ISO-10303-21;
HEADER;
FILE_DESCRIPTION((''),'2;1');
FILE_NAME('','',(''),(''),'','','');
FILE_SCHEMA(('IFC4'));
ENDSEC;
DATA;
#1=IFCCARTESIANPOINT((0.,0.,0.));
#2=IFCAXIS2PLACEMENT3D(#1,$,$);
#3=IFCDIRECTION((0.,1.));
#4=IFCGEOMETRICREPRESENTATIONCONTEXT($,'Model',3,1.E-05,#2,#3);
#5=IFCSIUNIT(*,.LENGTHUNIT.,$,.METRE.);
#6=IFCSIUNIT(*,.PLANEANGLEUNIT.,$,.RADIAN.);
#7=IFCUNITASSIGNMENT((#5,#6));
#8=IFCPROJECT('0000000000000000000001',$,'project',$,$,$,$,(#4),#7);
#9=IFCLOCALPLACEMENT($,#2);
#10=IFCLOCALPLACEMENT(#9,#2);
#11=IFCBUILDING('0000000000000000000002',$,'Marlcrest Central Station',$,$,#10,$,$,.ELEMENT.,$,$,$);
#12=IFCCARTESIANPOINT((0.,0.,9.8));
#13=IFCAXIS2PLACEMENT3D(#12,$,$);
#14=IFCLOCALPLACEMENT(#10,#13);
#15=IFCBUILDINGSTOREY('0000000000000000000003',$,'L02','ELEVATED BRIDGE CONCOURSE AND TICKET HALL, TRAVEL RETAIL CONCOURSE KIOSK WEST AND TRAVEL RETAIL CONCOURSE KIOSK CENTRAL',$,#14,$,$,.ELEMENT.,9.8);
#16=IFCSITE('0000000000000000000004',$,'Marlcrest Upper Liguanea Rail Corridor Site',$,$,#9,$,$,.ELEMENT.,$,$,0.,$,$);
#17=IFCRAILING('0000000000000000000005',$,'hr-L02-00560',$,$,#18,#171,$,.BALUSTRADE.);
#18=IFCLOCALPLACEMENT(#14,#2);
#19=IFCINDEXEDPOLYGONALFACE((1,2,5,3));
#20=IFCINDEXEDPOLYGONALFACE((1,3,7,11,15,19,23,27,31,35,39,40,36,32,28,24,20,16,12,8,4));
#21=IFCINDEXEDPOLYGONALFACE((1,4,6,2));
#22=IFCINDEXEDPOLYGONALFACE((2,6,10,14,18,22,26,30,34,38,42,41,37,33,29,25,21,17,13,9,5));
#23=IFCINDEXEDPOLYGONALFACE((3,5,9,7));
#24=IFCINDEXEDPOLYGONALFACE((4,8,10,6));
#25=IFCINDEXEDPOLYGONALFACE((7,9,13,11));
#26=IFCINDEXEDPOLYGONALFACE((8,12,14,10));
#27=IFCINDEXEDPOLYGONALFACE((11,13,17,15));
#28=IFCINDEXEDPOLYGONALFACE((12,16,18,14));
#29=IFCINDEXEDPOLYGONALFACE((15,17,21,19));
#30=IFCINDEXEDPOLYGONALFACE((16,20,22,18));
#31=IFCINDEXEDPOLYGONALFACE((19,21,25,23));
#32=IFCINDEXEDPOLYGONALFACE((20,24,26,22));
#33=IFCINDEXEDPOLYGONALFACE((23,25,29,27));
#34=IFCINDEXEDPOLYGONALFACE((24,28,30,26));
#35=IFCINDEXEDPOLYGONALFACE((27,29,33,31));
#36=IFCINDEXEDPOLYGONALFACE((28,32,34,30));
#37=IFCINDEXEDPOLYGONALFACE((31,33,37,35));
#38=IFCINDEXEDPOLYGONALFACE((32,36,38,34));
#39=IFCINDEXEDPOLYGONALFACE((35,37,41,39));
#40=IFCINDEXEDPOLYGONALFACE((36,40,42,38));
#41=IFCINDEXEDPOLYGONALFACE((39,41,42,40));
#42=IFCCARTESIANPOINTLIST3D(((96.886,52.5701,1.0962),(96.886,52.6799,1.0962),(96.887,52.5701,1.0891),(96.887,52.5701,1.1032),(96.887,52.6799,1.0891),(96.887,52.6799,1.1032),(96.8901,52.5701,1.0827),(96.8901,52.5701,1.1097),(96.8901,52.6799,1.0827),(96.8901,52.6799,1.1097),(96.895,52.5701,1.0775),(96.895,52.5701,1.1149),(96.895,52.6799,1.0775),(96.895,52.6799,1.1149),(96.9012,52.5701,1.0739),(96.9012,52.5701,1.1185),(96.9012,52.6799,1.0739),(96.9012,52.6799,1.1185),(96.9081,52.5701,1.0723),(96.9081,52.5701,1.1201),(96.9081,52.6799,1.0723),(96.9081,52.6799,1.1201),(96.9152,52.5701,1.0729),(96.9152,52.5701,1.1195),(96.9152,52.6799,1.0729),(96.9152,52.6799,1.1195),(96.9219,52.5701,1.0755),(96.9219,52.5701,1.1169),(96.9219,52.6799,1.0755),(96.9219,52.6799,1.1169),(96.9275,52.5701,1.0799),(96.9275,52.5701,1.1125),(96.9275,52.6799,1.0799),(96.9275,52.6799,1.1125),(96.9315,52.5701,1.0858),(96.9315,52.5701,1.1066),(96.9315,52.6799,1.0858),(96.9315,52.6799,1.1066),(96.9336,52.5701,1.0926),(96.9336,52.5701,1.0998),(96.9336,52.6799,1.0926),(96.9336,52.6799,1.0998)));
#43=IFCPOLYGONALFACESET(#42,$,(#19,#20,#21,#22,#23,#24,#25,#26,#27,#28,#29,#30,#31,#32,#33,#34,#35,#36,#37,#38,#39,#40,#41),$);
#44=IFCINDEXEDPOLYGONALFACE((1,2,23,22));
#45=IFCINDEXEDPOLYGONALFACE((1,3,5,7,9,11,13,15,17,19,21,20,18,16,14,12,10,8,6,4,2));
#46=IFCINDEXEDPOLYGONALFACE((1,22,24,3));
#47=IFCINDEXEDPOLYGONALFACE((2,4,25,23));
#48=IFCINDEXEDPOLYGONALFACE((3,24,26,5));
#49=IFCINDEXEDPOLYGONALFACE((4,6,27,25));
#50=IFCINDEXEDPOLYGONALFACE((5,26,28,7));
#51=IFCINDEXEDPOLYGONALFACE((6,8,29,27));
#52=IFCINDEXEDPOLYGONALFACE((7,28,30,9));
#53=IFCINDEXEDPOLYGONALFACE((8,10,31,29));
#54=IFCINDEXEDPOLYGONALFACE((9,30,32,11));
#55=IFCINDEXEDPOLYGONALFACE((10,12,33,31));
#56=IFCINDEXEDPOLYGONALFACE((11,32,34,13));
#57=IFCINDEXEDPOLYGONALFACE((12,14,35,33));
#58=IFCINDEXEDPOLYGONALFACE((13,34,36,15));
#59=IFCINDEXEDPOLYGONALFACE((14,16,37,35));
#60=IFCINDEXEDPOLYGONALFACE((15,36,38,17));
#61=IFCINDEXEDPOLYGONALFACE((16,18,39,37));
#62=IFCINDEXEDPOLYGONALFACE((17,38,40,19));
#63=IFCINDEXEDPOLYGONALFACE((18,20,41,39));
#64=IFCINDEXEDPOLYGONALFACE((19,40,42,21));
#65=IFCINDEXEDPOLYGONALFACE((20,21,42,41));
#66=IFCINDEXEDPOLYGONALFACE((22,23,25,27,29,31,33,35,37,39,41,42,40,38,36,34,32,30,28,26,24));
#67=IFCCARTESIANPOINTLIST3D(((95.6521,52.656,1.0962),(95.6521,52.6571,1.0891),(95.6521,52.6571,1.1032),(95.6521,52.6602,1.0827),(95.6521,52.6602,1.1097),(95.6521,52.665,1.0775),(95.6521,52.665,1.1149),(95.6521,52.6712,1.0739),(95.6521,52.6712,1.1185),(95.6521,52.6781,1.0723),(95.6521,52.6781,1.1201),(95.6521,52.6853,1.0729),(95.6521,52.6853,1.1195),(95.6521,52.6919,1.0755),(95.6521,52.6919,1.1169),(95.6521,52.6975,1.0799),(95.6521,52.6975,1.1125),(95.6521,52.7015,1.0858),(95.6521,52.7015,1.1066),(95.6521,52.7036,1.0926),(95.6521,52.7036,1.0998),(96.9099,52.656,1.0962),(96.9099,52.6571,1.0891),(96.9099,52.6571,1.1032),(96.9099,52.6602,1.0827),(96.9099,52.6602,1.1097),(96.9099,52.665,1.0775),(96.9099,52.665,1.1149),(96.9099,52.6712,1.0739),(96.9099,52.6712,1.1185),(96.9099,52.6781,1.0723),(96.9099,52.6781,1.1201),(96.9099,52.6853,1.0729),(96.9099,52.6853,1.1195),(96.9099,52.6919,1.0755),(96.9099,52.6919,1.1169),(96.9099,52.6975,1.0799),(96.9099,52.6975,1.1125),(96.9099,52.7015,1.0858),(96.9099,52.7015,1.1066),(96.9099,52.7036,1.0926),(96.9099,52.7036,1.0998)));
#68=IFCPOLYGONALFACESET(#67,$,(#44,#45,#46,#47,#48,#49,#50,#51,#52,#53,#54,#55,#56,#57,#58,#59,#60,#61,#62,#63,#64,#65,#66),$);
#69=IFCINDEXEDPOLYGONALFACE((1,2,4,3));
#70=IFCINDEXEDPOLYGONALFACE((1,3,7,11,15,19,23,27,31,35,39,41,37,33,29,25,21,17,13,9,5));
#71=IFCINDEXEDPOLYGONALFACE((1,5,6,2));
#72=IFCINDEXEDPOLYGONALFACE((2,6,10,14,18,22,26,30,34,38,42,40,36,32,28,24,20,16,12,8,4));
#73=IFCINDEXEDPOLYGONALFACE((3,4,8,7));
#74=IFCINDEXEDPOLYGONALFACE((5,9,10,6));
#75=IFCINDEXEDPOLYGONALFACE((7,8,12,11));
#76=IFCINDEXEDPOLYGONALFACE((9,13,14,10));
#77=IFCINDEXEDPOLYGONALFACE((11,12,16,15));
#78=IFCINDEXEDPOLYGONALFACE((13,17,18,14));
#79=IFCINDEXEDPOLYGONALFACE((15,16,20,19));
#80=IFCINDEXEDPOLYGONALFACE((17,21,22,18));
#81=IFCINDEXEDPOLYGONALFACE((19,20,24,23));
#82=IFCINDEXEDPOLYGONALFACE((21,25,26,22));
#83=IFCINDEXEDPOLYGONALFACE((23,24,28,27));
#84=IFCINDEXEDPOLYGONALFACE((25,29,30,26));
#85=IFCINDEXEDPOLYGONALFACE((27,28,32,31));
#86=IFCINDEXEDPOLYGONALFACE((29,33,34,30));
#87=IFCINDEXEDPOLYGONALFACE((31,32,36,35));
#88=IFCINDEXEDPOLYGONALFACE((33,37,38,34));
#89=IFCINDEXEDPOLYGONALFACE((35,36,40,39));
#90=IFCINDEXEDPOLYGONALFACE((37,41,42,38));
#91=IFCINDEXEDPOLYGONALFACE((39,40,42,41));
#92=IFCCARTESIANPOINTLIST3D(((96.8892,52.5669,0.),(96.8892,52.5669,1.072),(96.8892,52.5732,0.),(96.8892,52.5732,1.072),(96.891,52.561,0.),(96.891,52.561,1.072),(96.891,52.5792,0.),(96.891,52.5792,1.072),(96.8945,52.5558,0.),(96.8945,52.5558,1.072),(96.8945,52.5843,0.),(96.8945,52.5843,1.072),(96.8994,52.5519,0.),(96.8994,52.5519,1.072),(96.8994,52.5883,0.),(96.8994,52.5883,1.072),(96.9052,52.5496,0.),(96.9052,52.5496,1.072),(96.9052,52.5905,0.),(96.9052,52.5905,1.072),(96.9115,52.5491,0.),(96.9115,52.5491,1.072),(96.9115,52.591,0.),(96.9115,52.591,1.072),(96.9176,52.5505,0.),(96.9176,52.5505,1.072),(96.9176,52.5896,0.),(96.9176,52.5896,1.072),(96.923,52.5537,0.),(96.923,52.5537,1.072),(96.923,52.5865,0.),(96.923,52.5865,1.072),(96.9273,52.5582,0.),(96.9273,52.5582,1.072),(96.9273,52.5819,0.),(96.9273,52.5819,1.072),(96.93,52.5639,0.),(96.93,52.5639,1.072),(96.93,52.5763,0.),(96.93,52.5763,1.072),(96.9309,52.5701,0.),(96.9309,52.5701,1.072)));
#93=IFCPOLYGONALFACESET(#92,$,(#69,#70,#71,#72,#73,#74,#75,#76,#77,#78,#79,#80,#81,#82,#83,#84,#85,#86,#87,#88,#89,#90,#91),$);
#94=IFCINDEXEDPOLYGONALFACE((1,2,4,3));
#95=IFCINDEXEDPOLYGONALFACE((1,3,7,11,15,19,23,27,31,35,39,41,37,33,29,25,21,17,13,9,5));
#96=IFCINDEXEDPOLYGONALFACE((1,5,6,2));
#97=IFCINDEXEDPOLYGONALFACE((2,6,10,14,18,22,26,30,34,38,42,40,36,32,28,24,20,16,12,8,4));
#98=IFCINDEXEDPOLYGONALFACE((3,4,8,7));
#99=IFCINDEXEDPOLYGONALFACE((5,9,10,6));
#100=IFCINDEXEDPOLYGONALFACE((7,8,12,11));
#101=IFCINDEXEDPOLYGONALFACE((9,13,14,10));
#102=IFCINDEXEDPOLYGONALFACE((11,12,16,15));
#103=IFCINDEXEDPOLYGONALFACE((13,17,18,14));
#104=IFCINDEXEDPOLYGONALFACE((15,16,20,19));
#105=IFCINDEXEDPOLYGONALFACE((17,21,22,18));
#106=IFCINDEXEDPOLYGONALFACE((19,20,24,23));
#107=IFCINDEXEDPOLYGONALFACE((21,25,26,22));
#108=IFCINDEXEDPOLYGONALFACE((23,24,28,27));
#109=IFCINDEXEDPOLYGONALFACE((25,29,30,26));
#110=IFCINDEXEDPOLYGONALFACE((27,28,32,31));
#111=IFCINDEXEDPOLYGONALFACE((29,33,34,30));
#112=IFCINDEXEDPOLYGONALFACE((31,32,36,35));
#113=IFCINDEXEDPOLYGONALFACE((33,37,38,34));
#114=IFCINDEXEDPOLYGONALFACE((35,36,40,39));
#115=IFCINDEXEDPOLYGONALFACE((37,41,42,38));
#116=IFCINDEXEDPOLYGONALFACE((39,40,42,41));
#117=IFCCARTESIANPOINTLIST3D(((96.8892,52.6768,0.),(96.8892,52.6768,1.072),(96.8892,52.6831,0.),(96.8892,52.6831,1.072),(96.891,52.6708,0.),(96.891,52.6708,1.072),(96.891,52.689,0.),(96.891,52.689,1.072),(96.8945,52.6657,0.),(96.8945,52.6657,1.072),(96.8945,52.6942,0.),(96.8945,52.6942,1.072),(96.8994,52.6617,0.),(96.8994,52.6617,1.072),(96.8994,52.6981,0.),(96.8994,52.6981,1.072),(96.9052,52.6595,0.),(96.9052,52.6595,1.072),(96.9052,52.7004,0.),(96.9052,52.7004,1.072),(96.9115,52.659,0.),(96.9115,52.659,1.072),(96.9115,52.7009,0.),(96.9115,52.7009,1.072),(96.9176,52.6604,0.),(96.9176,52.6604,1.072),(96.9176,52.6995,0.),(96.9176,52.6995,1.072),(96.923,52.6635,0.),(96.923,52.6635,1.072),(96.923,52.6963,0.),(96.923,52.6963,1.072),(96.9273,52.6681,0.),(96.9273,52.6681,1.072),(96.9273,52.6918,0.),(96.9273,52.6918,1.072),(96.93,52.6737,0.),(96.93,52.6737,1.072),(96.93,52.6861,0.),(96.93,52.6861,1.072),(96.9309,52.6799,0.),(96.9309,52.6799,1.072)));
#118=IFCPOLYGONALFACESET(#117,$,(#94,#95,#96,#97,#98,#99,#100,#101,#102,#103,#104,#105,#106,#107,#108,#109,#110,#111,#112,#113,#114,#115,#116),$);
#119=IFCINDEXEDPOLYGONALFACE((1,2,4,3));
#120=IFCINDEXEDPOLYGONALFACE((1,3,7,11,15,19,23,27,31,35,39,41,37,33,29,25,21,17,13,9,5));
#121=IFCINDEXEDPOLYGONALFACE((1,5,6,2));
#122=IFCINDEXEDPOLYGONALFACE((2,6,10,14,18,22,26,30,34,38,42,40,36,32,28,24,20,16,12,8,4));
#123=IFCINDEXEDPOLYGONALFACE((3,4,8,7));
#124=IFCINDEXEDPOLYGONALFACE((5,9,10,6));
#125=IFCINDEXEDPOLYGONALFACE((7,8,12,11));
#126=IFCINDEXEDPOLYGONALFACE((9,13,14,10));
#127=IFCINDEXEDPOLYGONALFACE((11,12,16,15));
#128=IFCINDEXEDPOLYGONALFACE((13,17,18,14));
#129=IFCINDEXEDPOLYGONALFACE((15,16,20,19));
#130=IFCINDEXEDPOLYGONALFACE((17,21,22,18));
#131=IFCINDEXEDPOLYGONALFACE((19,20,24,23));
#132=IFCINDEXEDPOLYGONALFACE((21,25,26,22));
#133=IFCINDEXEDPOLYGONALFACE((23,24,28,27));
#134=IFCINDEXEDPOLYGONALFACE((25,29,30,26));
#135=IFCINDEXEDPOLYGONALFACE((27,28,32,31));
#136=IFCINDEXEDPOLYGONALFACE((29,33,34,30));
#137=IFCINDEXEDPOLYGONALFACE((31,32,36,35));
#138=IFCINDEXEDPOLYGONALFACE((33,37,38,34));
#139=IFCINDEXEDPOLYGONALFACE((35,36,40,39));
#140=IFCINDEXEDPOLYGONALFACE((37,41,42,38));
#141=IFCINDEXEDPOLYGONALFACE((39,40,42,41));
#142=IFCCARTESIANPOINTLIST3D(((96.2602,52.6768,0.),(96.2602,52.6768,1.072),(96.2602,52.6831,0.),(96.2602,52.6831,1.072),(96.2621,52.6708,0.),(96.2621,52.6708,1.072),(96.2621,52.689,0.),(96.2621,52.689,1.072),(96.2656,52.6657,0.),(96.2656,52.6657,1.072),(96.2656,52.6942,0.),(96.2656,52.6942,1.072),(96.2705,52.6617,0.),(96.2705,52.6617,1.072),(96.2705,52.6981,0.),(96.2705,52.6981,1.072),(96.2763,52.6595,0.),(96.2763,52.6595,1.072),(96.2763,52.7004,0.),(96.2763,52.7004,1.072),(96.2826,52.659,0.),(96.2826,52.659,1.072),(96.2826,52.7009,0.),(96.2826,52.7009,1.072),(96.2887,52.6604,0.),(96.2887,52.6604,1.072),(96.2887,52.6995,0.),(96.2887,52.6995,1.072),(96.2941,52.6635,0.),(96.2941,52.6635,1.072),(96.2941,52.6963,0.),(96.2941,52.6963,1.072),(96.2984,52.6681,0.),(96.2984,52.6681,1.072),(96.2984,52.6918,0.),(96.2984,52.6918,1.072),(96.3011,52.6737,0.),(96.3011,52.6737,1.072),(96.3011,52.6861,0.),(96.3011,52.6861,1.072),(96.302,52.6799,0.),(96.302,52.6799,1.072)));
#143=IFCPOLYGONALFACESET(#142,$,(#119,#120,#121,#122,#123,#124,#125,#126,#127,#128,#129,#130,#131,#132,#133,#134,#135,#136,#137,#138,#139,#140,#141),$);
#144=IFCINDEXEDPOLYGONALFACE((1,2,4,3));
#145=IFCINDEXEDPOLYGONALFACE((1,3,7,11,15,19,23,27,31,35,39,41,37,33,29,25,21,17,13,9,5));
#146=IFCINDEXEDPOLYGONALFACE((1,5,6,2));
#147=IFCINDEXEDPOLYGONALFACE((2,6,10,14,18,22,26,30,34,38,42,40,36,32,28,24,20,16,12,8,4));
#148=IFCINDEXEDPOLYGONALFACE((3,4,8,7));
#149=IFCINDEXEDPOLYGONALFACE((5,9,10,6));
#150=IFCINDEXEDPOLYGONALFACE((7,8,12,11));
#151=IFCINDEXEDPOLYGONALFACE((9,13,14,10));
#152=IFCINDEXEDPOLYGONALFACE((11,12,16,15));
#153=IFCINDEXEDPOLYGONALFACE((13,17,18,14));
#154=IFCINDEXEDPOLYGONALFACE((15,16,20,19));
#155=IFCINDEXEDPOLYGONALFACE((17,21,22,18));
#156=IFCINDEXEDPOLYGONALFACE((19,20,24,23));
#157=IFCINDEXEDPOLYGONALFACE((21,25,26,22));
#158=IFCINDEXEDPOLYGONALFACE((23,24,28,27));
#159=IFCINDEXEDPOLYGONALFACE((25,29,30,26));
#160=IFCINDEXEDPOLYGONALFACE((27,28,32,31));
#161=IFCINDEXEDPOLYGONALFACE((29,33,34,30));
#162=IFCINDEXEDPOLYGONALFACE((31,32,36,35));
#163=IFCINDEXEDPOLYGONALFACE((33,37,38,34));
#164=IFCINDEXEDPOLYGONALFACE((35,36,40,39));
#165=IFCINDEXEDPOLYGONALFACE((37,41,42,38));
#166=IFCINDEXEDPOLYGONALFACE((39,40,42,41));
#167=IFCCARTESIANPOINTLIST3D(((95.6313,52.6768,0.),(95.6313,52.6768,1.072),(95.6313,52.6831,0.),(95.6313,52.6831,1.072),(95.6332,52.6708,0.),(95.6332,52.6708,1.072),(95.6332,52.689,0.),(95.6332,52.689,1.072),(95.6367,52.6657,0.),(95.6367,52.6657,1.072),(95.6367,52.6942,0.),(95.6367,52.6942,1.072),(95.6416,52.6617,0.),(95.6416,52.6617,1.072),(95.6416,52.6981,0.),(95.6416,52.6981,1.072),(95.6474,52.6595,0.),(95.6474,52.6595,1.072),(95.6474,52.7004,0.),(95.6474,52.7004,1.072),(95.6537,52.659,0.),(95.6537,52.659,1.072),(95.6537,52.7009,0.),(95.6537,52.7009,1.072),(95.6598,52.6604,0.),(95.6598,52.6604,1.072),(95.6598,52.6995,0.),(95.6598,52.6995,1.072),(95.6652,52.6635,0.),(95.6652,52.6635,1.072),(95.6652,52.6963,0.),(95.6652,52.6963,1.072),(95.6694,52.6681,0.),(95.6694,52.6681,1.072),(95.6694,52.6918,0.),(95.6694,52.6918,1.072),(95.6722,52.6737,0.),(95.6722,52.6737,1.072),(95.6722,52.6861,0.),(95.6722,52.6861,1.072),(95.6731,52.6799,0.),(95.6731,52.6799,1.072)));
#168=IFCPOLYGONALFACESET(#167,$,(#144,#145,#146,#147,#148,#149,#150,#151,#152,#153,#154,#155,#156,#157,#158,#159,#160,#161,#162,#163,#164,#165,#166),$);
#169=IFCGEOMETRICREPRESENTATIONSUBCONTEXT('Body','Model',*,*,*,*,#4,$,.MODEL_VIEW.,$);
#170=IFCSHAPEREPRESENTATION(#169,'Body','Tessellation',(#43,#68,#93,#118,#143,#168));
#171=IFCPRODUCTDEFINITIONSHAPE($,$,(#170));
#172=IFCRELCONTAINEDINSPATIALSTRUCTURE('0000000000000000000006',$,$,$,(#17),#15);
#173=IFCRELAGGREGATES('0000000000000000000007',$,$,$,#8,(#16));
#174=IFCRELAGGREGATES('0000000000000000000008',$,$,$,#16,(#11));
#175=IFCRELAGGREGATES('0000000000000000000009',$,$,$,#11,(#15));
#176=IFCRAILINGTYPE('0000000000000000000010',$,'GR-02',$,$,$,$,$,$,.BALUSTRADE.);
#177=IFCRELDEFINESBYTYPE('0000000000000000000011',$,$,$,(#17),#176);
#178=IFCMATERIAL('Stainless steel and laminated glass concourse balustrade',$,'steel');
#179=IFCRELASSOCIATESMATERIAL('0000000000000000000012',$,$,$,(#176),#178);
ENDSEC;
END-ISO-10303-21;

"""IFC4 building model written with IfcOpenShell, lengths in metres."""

from ifc_helpers import new_model, si_unit, direction, frame, origin, origin_2d, place, context, subcontext, project, spatial, circle, extrude, material, type_object, element, save


model = new_model("IFC4")

# Units and contexts
model_context = context("Model", 3, precision=1e-05, world=origin(), true_north=direction((0.0, 1.0)))
body_context = subcontext(model_context, "Body", "Model", "MODEL_VIEW")
ifc_project = project(units=[si_unit("LENGTHUNIT", "METRE"), si_unit("PLANEANGLEUNIT", "RADIAN")], contexts=[model_context])

# Site, building, storey
site_placement = place(None, origin())
site = spatial("IfcSite", under=ifc_project, at=site_placement, Name="Marlcrest Upper Liguanea Rail Corridor Site", CompositionType="ELEMENT", RefElevation=0.0)
building_placement = place(site_placement, origin())
building = spatial("IfcBuilding", under=site, at=building_placement, Name="Marlcrest Central Station", CompositionType="ELEMENT")
storey_placement = place(building_placement, frame((0.0, 0.0, 9.8)))
storey = spatial("IfcBuildingStorey", under=building, at=storey_placement, Name="L02", Description="ELEVATED BRIDGE CONCOURSE AND TICKET HALL, TRAVEL RETAIL CONCOURSE KIOSK WEST AND TRAVEL RETAIL CONCOURSE KIOSK CENTRAL", CompositionType="ELEMENT", Elevation=9.8)

# Railing
ifc_material_1 = material(Name="Stainless steel and laminated glass concourse balustrade", Category="steel")
railing_type = type_object("IfcRailingType", Name="GR-02", PredefinedType="BALUSTRADE", material=ifc_material_1)
railing_1_placement = place(storey_placement, frame((96.9099, 52.5701, 0.0)))
element("IfcRailing", 1, at=railing_1_placement, inside=storey, type_object=railing_type, Name="hr-L02-00560", PredefinedType="BALUSTRADE", context=body_context, shape_type="SweptSolid", body=[
    extrude(circle(Radius=0.0239, at=origin_2d()), frame((0.0, 0.0, 1.0962), z_axis=(0.0, 1.0, 0.0), x_axis=(-1.0, 0.0, 0.0)), (0.0, 0.0, 1.0), 0.1099),
    extrude(circle(Radius=0.0239, at=origin_2d()), frame((0.0, 0.1099, 1.0962), z_axis=(-1.0, 0.0, 0.0), x_axis=(0.0, -1.0, 0.0)), (0.0, 0.0, 1.0), 1.2578),
    extrude(circle(Radius=0.021, at=origin_2d()), origin(), (0.0, 0.0, 1.0), 1.072),
    extrude(circle(Radius=0.021, at=origin_2d()), frame((0.0, 0.1099, 0.0)), (0.0, 0.0, 1.0), 1.072),
    extrude(circle(Radius=0.021, at=origin_2d()), frame((-0.6289, 0.1099, 0.0)), (0.0, 0.0, 1.0), 1.072),
    extrude(circle(Radius=0.021, at=origin_2d()), frame((-1.2578, 0.1099, 0.0)), (0.0, 0.0, 1.0), 1.072),
])

save(model, "model.ifc")
